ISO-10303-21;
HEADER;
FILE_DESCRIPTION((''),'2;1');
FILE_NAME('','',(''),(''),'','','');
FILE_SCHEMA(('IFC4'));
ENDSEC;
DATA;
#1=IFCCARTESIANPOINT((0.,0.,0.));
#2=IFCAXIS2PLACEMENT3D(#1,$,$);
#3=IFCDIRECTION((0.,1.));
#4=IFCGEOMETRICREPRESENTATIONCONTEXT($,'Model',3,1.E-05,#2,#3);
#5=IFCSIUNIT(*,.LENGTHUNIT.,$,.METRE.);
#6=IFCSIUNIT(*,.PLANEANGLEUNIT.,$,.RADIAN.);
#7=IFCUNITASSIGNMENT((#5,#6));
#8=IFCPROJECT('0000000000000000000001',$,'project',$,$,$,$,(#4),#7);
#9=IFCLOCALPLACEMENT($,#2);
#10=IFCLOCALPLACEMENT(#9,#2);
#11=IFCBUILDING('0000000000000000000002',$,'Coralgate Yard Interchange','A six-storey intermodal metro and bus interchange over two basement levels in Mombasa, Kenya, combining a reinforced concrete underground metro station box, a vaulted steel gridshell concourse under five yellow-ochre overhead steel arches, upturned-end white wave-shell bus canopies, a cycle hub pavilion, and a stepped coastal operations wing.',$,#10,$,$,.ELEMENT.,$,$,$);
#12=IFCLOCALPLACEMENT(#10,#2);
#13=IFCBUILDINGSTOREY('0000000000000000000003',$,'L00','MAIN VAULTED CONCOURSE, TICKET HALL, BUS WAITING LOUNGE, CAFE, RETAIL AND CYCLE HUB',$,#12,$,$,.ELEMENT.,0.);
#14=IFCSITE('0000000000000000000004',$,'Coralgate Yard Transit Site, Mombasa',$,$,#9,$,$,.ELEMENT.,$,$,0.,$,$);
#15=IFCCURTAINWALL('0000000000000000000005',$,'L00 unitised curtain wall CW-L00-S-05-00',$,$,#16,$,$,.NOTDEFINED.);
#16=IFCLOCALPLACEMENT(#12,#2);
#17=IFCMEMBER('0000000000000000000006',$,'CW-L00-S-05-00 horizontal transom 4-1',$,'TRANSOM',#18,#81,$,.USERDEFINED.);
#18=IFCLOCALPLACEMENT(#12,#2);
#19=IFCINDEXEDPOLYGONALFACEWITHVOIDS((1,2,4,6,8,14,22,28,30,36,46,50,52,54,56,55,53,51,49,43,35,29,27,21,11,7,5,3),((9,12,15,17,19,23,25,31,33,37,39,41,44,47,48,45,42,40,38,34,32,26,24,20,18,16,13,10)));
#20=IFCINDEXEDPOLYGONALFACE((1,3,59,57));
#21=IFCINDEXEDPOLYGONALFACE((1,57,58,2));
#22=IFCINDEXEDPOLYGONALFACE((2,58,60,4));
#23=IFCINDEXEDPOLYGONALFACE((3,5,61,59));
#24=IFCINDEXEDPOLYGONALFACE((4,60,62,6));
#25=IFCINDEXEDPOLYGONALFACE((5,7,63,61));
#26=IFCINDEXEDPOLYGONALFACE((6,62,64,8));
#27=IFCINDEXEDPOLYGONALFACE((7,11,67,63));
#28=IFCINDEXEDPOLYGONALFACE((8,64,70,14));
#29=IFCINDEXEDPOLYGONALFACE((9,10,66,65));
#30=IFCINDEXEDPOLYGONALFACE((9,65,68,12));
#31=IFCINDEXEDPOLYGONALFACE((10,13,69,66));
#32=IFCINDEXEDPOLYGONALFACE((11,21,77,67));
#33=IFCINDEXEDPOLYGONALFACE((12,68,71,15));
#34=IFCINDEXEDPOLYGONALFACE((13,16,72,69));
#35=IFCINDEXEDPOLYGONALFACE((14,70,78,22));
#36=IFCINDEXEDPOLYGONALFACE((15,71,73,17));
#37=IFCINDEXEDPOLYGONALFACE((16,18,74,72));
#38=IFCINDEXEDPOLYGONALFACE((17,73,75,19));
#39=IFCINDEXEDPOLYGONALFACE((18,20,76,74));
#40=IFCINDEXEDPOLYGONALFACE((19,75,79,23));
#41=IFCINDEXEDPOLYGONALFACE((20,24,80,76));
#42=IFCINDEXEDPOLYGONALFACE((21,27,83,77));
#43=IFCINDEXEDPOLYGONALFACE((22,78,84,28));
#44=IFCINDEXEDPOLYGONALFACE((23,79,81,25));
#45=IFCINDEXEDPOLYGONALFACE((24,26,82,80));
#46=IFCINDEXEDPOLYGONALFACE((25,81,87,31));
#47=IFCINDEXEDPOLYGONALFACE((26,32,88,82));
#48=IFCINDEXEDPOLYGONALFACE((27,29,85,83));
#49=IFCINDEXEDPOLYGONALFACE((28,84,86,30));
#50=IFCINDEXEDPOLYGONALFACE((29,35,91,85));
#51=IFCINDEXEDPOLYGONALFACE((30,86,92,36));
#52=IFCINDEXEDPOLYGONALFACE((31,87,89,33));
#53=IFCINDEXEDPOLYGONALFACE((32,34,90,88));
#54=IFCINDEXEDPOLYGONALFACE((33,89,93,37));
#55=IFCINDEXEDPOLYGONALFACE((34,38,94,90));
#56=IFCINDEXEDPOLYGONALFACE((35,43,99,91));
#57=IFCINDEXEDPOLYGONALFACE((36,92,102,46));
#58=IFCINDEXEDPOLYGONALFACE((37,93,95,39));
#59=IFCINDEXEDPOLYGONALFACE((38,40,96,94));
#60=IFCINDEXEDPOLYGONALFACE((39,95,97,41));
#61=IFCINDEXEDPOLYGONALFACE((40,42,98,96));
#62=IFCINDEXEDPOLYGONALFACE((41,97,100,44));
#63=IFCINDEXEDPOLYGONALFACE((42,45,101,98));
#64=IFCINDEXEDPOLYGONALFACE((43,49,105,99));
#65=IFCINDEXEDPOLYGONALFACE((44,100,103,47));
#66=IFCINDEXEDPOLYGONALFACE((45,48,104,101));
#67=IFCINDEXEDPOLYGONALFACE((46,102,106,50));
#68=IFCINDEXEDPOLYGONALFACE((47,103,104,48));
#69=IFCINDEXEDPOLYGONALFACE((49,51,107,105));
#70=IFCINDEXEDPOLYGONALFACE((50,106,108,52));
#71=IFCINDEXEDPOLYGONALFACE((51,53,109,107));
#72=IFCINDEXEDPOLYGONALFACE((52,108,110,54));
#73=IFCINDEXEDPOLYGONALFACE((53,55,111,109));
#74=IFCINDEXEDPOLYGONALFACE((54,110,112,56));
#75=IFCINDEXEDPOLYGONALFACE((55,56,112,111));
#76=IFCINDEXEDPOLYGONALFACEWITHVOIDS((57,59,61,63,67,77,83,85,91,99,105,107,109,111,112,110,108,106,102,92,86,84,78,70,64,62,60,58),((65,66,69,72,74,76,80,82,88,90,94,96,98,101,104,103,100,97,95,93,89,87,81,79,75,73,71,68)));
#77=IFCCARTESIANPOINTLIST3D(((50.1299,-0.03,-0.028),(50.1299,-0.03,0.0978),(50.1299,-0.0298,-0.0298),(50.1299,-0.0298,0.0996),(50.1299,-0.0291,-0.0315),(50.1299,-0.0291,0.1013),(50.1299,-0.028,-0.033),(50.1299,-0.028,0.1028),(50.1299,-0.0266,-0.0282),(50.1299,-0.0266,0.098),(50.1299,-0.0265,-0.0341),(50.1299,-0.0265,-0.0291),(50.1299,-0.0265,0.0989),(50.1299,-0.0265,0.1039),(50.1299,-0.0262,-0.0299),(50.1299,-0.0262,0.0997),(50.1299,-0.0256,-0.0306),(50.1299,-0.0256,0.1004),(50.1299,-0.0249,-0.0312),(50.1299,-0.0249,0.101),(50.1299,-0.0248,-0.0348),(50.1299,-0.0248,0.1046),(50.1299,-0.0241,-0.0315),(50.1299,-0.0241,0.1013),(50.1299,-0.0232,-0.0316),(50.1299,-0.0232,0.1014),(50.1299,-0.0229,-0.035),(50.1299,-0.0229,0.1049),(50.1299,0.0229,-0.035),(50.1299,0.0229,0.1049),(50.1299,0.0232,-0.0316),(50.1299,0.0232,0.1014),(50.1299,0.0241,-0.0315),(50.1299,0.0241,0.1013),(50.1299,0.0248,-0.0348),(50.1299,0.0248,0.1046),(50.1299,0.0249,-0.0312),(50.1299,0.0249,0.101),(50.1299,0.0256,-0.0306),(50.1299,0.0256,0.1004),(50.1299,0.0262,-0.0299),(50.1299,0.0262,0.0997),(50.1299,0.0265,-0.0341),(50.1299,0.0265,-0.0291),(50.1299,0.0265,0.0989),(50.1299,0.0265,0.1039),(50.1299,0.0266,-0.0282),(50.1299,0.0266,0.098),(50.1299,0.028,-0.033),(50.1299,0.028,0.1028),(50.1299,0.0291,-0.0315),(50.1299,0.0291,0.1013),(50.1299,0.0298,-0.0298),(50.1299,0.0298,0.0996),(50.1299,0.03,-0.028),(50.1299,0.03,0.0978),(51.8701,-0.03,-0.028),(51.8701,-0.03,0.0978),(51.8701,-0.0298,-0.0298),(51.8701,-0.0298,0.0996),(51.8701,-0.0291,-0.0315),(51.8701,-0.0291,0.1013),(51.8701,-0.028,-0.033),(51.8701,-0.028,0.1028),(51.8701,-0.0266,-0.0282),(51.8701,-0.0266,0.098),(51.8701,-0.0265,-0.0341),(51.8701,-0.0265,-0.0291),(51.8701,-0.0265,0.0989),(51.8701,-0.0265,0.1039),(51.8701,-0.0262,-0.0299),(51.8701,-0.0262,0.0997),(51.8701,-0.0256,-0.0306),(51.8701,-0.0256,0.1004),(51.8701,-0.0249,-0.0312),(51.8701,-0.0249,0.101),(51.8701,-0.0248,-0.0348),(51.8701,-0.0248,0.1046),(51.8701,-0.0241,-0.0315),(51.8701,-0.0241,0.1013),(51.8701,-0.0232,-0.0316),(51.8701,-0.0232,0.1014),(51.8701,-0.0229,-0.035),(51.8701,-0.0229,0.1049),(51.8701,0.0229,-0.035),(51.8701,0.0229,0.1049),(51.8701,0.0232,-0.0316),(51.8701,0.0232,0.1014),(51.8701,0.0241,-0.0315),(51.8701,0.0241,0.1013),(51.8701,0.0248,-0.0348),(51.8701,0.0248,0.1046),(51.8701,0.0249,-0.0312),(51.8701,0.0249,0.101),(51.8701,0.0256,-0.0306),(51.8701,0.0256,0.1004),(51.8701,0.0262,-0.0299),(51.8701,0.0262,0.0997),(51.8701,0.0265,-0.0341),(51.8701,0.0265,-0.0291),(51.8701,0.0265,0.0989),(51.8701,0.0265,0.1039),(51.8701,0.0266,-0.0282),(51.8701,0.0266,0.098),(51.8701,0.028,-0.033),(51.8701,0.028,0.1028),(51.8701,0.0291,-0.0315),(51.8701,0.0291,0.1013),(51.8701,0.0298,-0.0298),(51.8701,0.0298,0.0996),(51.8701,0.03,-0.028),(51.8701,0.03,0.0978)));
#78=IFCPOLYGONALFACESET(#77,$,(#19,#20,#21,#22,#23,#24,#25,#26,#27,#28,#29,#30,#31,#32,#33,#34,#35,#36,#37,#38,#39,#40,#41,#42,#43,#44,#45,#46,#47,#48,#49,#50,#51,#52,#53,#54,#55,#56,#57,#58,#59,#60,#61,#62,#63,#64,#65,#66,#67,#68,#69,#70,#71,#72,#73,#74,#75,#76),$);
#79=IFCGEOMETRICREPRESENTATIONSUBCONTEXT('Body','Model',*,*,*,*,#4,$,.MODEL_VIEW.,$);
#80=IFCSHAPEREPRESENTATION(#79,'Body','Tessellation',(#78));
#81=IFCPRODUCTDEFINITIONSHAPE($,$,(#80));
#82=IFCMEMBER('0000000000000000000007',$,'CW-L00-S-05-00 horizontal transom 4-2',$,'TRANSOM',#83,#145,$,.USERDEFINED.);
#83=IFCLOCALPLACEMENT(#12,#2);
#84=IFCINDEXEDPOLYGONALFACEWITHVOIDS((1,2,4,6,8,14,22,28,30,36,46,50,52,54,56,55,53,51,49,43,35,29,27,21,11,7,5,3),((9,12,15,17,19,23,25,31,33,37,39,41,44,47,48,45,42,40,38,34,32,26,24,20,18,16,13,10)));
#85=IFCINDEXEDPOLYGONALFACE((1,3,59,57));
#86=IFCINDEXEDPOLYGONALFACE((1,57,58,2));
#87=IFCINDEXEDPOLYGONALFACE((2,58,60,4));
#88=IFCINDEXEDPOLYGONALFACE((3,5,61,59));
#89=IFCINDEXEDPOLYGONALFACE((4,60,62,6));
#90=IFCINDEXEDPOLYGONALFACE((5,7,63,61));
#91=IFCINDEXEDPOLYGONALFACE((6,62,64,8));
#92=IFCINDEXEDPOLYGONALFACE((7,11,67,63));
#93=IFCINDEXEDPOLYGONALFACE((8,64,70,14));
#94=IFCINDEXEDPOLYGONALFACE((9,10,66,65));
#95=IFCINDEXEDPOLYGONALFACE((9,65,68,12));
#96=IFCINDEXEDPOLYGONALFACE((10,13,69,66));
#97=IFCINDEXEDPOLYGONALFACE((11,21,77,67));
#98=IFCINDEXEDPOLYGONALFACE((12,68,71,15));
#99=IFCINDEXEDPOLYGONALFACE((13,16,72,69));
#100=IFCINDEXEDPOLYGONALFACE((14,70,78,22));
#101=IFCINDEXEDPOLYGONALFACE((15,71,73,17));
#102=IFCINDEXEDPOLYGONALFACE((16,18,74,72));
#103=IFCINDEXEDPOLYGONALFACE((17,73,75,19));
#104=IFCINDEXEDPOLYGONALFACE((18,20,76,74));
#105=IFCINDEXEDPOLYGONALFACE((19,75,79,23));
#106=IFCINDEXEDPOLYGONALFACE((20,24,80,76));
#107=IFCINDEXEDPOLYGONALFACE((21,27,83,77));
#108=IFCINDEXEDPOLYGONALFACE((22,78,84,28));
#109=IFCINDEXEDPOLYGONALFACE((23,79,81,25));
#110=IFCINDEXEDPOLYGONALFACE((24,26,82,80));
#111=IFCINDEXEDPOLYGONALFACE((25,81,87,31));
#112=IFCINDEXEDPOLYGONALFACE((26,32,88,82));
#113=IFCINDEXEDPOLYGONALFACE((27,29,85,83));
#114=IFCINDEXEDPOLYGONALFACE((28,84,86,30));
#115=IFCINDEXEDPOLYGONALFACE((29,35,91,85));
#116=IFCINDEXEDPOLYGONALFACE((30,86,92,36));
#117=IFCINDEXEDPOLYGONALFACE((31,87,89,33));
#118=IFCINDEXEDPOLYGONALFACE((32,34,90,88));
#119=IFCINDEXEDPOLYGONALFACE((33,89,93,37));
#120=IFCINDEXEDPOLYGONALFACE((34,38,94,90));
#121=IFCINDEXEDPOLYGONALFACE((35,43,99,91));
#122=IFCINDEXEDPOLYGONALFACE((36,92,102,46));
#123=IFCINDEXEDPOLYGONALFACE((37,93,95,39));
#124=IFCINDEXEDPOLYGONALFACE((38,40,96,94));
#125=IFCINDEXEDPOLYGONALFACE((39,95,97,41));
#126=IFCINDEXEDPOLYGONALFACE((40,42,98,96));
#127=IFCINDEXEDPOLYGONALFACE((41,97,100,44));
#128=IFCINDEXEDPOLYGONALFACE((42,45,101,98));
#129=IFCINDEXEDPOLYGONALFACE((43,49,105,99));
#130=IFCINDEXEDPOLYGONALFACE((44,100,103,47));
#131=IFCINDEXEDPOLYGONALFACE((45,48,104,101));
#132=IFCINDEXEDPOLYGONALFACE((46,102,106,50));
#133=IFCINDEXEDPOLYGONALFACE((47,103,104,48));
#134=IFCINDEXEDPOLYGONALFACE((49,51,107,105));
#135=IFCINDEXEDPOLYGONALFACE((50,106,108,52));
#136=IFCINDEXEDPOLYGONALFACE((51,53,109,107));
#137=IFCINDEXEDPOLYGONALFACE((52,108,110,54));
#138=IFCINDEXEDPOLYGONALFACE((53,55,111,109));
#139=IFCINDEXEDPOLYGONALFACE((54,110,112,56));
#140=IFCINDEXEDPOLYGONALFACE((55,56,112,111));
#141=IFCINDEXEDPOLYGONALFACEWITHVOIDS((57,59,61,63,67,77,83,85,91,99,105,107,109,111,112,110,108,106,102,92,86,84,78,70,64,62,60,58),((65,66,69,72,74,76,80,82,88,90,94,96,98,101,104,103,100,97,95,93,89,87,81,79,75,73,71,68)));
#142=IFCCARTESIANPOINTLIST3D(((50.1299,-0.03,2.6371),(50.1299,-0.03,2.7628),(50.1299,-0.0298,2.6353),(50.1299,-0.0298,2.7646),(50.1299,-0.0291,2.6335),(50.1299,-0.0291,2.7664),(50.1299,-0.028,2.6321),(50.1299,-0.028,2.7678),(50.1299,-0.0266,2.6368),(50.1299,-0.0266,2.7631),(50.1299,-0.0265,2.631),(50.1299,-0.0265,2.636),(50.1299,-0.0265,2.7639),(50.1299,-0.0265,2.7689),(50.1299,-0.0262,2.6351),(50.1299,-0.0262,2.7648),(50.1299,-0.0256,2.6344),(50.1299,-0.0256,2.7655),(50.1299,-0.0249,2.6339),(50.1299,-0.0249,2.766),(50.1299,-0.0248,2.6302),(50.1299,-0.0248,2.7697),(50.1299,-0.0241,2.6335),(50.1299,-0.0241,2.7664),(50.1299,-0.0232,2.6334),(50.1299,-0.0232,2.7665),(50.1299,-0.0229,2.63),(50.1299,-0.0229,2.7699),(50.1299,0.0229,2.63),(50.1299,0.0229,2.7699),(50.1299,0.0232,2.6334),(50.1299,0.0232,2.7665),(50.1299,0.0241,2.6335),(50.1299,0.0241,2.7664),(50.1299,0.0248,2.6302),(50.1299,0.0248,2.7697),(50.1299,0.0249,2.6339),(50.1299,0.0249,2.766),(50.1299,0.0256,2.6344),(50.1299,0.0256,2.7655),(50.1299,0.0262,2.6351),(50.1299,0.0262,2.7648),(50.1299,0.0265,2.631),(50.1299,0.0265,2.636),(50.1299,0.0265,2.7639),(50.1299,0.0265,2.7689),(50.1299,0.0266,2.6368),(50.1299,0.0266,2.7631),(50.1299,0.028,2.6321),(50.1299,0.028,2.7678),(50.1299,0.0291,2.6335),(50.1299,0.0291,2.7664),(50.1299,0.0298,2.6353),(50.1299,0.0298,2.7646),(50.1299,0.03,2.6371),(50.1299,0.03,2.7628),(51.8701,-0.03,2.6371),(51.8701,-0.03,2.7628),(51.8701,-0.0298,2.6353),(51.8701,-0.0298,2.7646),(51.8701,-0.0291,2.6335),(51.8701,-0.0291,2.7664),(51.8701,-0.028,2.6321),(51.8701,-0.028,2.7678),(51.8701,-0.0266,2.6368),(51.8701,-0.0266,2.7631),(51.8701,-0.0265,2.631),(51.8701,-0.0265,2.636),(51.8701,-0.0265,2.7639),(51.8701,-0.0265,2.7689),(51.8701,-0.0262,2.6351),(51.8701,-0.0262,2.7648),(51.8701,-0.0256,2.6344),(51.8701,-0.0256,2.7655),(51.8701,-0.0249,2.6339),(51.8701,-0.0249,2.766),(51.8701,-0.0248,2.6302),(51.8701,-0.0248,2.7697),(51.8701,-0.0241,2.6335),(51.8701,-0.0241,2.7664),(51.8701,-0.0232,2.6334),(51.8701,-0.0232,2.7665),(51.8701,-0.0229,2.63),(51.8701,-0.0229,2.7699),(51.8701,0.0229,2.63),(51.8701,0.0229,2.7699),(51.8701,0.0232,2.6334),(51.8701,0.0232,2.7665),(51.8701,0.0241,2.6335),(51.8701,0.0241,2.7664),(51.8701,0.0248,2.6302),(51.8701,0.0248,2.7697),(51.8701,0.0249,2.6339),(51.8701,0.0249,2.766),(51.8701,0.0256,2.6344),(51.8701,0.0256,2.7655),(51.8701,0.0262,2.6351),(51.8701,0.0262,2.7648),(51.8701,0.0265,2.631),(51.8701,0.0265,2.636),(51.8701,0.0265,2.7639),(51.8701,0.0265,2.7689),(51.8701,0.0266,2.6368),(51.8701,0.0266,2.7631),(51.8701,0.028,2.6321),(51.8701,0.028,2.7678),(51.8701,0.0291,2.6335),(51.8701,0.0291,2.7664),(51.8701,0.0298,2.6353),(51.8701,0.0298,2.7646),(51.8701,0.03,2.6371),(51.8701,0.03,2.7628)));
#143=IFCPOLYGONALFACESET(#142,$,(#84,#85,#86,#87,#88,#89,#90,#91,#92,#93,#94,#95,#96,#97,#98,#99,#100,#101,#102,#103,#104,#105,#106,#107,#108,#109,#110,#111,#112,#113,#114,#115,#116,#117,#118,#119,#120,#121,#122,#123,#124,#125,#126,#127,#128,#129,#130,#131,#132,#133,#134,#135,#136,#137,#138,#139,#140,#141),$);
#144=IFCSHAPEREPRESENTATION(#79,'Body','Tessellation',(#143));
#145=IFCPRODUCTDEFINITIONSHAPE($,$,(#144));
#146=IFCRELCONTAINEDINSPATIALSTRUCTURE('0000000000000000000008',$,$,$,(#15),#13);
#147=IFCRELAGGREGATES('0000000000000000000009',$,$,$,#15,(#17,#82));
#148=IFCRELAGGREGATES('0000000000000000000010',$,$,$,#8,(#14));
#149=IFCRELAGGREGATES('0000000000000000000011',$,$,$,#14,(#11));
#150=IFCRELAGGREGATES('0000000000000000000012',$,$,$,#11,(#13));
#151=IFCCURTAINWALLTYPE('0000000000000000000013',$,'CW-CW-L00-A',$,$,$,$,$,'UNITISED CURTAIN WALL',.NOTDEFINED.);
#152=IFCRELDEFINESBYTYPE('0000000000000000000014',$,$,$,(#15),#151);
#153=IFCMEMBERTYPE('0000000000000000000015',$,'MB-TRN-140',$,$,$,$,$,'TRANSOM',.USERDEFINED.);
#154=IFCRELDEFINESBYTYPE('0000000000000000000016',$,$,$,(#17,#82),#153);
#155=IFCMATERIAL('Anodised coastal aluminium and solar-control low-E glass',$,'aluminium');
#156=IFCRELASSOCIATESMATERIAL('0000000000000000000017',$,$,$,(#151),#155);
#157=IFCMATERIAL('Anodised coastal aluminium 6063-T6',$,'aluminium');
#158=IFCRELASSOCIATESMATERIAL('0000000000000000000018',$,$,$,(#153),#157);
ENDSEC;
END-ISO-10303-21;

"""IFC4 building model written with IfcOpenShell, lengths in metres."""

from ifc_helpers import new_model, si_unit, direction, frame, origin, origin_2d, place, context, subcontext, project, spatial, hollow_rectangle, extrude, material, material_profile, profile_set, type_object, element, aggregate, save


model = new_model("IFC4")

# Units and contexts
model_context = context("Model", 3, precision=1e-05, world=origin(), true_north=direction((0.0, 1.0)))
body_context = subcontext(model_context, "Body", "Model", "MODEL_VIEW")
ifc_project = project(units=[si_unit("LENGTHUNIT", "METRE"), si_unit("PLANEANGLEUNIT", "RADIAN")], contexts=[model_context])

# Site, building, storey
site_placement = place(None, origin())
site = spatial("IfcSite", under=ifc_project, at=site_placement, Name="Coralgate Yard Transit Site, Mombasa", CompositionType="ELEMENT", RefElevation=0.0)
building_placement = place(site_placement, origin())
building = spatial("IfcBuilding", under=site, at=building_placement, Name="Coralgate Yard Interchange", Description="A six-storey intermodal metro and bus interchange over two basement levels in Mombasa, Kenya, combining a reinforced concrete underground metro station box, a vaulted steel gridshell concourse under five yellow-ochre overhead steel arches, upturned-end white wave-shell bus canopies, a cycle hub pavilion, and a stepped coastal operations wing.", CompositionType="ELEMENT")
storey_placement = place(building_placement, origin())
storey = spatial("IfcBuildingStorey", under=building, at=storey_placement, Name="L00", Description="MAIN VAULTED CONCOURSE, TICKET HALL, BUS WAITING LOUNGE, CAFE, RETAIL AND CYCLE HUB", CompositionType="ELEMENT", Elevation=0.0)

# Curtain wall, members
ifc_material_1 = material(Name="Anodised coastal aluminium and solar-control low-E glass", Category="aluminium")
curtain_wall_type = type_object("IfcCurtainWallType", Name="CW-CW-L00-A", ElementType="UNITISED CURTAIN WALL", PredefinedType="NOTDEFINED", material=ifc_material_1)
curtain_wall_placement = place(storey_placement, origin())
curtain_wall = element("IfcCurtainWall", 1, at=curtain_wall_placement, inside=storey, type_object=curtain_wall_type, Name="L00 unitised curtain wall CW-L00-S-05-00", PredefinedType="NOTDEFINED")
ifc_material_2 = material(Name="Anodised coastal aluminium 6063-T6", Category="aluminium")
ifc_material_profile_1 = material_profile(ifc_material_2, hollow_rectangle(XDim=0.0601, YDim=0.1399, WallThickness=0.0034, InnerFilletRadius=0.0034, OuterFilletRadius=0.0071, at=origin_2d()), Name="ALU 60x140x3.5")
ifc_profile_set_1 = profile_set([ifc_material_profile_1], Name="Anodised coastal aluminium 6063-T6")
member_type_1 = type_object("IfcMemberType", Name="MB-TRN-140", ElementType="TRANSOM", PredefinedType="USERDEFINED", material=ifc_profile_set_1)
member_1_placement = place(storey_placement, frame((51.8701, 0.0, 0.0349), z_axis=(-1.0, 0.0, 0.0), x_axis=(0.0, -1.0, 0.0)))
member_1 = element("IfcMember", 2, at=member_1_placement, type_object=member_type_1, Name="CW-L00-S-05-00 horizontal transom 4-1", ObjectType="TRANSOM", PredefinedType="USERDEFINED", context=body_context, shape_type="SweptSolid", body=[
    extrude(hollow_rectangle(XDim=0.0601, YDim=0.1399, WallThickness=0.0034, InnerFilletRadius=0.0034, OuterFilletRadius=0.0071, at=origin_2d()), origin(), (0.0, 0.0, 1.0), 1.7402),
])
member_2_placement = place(storey_placement, frame((51.8701, 0.0, 2.7), z_axis=(-1.0, 0.0, 0.0), x_axis=(0.0, -1.0, 0.0)))
member_2 = element("IfcMember", 3, at=member_2_placement, type_object=member_type_1, Name="CW-L00-S-05-00 horizontal transom 4-2", ObjectType="TRANSOM", PredefinedType="USERDEFINED", context=body_context, shape_type="SweptSolid", body=[
    extrude(hollow_rectangle(XDim=0.0601, YDim=0.1399, WallThickness=0.0034, InnerFilletRadius=0.0034, OuterFilletRadius=0.0071, at=origin_2d()), origin(), (0.0, 0.0, 1.0), 1.7402),
])
aggregate(curtain_wall, [member_1, member_2])

save(model, "model.ifc")
